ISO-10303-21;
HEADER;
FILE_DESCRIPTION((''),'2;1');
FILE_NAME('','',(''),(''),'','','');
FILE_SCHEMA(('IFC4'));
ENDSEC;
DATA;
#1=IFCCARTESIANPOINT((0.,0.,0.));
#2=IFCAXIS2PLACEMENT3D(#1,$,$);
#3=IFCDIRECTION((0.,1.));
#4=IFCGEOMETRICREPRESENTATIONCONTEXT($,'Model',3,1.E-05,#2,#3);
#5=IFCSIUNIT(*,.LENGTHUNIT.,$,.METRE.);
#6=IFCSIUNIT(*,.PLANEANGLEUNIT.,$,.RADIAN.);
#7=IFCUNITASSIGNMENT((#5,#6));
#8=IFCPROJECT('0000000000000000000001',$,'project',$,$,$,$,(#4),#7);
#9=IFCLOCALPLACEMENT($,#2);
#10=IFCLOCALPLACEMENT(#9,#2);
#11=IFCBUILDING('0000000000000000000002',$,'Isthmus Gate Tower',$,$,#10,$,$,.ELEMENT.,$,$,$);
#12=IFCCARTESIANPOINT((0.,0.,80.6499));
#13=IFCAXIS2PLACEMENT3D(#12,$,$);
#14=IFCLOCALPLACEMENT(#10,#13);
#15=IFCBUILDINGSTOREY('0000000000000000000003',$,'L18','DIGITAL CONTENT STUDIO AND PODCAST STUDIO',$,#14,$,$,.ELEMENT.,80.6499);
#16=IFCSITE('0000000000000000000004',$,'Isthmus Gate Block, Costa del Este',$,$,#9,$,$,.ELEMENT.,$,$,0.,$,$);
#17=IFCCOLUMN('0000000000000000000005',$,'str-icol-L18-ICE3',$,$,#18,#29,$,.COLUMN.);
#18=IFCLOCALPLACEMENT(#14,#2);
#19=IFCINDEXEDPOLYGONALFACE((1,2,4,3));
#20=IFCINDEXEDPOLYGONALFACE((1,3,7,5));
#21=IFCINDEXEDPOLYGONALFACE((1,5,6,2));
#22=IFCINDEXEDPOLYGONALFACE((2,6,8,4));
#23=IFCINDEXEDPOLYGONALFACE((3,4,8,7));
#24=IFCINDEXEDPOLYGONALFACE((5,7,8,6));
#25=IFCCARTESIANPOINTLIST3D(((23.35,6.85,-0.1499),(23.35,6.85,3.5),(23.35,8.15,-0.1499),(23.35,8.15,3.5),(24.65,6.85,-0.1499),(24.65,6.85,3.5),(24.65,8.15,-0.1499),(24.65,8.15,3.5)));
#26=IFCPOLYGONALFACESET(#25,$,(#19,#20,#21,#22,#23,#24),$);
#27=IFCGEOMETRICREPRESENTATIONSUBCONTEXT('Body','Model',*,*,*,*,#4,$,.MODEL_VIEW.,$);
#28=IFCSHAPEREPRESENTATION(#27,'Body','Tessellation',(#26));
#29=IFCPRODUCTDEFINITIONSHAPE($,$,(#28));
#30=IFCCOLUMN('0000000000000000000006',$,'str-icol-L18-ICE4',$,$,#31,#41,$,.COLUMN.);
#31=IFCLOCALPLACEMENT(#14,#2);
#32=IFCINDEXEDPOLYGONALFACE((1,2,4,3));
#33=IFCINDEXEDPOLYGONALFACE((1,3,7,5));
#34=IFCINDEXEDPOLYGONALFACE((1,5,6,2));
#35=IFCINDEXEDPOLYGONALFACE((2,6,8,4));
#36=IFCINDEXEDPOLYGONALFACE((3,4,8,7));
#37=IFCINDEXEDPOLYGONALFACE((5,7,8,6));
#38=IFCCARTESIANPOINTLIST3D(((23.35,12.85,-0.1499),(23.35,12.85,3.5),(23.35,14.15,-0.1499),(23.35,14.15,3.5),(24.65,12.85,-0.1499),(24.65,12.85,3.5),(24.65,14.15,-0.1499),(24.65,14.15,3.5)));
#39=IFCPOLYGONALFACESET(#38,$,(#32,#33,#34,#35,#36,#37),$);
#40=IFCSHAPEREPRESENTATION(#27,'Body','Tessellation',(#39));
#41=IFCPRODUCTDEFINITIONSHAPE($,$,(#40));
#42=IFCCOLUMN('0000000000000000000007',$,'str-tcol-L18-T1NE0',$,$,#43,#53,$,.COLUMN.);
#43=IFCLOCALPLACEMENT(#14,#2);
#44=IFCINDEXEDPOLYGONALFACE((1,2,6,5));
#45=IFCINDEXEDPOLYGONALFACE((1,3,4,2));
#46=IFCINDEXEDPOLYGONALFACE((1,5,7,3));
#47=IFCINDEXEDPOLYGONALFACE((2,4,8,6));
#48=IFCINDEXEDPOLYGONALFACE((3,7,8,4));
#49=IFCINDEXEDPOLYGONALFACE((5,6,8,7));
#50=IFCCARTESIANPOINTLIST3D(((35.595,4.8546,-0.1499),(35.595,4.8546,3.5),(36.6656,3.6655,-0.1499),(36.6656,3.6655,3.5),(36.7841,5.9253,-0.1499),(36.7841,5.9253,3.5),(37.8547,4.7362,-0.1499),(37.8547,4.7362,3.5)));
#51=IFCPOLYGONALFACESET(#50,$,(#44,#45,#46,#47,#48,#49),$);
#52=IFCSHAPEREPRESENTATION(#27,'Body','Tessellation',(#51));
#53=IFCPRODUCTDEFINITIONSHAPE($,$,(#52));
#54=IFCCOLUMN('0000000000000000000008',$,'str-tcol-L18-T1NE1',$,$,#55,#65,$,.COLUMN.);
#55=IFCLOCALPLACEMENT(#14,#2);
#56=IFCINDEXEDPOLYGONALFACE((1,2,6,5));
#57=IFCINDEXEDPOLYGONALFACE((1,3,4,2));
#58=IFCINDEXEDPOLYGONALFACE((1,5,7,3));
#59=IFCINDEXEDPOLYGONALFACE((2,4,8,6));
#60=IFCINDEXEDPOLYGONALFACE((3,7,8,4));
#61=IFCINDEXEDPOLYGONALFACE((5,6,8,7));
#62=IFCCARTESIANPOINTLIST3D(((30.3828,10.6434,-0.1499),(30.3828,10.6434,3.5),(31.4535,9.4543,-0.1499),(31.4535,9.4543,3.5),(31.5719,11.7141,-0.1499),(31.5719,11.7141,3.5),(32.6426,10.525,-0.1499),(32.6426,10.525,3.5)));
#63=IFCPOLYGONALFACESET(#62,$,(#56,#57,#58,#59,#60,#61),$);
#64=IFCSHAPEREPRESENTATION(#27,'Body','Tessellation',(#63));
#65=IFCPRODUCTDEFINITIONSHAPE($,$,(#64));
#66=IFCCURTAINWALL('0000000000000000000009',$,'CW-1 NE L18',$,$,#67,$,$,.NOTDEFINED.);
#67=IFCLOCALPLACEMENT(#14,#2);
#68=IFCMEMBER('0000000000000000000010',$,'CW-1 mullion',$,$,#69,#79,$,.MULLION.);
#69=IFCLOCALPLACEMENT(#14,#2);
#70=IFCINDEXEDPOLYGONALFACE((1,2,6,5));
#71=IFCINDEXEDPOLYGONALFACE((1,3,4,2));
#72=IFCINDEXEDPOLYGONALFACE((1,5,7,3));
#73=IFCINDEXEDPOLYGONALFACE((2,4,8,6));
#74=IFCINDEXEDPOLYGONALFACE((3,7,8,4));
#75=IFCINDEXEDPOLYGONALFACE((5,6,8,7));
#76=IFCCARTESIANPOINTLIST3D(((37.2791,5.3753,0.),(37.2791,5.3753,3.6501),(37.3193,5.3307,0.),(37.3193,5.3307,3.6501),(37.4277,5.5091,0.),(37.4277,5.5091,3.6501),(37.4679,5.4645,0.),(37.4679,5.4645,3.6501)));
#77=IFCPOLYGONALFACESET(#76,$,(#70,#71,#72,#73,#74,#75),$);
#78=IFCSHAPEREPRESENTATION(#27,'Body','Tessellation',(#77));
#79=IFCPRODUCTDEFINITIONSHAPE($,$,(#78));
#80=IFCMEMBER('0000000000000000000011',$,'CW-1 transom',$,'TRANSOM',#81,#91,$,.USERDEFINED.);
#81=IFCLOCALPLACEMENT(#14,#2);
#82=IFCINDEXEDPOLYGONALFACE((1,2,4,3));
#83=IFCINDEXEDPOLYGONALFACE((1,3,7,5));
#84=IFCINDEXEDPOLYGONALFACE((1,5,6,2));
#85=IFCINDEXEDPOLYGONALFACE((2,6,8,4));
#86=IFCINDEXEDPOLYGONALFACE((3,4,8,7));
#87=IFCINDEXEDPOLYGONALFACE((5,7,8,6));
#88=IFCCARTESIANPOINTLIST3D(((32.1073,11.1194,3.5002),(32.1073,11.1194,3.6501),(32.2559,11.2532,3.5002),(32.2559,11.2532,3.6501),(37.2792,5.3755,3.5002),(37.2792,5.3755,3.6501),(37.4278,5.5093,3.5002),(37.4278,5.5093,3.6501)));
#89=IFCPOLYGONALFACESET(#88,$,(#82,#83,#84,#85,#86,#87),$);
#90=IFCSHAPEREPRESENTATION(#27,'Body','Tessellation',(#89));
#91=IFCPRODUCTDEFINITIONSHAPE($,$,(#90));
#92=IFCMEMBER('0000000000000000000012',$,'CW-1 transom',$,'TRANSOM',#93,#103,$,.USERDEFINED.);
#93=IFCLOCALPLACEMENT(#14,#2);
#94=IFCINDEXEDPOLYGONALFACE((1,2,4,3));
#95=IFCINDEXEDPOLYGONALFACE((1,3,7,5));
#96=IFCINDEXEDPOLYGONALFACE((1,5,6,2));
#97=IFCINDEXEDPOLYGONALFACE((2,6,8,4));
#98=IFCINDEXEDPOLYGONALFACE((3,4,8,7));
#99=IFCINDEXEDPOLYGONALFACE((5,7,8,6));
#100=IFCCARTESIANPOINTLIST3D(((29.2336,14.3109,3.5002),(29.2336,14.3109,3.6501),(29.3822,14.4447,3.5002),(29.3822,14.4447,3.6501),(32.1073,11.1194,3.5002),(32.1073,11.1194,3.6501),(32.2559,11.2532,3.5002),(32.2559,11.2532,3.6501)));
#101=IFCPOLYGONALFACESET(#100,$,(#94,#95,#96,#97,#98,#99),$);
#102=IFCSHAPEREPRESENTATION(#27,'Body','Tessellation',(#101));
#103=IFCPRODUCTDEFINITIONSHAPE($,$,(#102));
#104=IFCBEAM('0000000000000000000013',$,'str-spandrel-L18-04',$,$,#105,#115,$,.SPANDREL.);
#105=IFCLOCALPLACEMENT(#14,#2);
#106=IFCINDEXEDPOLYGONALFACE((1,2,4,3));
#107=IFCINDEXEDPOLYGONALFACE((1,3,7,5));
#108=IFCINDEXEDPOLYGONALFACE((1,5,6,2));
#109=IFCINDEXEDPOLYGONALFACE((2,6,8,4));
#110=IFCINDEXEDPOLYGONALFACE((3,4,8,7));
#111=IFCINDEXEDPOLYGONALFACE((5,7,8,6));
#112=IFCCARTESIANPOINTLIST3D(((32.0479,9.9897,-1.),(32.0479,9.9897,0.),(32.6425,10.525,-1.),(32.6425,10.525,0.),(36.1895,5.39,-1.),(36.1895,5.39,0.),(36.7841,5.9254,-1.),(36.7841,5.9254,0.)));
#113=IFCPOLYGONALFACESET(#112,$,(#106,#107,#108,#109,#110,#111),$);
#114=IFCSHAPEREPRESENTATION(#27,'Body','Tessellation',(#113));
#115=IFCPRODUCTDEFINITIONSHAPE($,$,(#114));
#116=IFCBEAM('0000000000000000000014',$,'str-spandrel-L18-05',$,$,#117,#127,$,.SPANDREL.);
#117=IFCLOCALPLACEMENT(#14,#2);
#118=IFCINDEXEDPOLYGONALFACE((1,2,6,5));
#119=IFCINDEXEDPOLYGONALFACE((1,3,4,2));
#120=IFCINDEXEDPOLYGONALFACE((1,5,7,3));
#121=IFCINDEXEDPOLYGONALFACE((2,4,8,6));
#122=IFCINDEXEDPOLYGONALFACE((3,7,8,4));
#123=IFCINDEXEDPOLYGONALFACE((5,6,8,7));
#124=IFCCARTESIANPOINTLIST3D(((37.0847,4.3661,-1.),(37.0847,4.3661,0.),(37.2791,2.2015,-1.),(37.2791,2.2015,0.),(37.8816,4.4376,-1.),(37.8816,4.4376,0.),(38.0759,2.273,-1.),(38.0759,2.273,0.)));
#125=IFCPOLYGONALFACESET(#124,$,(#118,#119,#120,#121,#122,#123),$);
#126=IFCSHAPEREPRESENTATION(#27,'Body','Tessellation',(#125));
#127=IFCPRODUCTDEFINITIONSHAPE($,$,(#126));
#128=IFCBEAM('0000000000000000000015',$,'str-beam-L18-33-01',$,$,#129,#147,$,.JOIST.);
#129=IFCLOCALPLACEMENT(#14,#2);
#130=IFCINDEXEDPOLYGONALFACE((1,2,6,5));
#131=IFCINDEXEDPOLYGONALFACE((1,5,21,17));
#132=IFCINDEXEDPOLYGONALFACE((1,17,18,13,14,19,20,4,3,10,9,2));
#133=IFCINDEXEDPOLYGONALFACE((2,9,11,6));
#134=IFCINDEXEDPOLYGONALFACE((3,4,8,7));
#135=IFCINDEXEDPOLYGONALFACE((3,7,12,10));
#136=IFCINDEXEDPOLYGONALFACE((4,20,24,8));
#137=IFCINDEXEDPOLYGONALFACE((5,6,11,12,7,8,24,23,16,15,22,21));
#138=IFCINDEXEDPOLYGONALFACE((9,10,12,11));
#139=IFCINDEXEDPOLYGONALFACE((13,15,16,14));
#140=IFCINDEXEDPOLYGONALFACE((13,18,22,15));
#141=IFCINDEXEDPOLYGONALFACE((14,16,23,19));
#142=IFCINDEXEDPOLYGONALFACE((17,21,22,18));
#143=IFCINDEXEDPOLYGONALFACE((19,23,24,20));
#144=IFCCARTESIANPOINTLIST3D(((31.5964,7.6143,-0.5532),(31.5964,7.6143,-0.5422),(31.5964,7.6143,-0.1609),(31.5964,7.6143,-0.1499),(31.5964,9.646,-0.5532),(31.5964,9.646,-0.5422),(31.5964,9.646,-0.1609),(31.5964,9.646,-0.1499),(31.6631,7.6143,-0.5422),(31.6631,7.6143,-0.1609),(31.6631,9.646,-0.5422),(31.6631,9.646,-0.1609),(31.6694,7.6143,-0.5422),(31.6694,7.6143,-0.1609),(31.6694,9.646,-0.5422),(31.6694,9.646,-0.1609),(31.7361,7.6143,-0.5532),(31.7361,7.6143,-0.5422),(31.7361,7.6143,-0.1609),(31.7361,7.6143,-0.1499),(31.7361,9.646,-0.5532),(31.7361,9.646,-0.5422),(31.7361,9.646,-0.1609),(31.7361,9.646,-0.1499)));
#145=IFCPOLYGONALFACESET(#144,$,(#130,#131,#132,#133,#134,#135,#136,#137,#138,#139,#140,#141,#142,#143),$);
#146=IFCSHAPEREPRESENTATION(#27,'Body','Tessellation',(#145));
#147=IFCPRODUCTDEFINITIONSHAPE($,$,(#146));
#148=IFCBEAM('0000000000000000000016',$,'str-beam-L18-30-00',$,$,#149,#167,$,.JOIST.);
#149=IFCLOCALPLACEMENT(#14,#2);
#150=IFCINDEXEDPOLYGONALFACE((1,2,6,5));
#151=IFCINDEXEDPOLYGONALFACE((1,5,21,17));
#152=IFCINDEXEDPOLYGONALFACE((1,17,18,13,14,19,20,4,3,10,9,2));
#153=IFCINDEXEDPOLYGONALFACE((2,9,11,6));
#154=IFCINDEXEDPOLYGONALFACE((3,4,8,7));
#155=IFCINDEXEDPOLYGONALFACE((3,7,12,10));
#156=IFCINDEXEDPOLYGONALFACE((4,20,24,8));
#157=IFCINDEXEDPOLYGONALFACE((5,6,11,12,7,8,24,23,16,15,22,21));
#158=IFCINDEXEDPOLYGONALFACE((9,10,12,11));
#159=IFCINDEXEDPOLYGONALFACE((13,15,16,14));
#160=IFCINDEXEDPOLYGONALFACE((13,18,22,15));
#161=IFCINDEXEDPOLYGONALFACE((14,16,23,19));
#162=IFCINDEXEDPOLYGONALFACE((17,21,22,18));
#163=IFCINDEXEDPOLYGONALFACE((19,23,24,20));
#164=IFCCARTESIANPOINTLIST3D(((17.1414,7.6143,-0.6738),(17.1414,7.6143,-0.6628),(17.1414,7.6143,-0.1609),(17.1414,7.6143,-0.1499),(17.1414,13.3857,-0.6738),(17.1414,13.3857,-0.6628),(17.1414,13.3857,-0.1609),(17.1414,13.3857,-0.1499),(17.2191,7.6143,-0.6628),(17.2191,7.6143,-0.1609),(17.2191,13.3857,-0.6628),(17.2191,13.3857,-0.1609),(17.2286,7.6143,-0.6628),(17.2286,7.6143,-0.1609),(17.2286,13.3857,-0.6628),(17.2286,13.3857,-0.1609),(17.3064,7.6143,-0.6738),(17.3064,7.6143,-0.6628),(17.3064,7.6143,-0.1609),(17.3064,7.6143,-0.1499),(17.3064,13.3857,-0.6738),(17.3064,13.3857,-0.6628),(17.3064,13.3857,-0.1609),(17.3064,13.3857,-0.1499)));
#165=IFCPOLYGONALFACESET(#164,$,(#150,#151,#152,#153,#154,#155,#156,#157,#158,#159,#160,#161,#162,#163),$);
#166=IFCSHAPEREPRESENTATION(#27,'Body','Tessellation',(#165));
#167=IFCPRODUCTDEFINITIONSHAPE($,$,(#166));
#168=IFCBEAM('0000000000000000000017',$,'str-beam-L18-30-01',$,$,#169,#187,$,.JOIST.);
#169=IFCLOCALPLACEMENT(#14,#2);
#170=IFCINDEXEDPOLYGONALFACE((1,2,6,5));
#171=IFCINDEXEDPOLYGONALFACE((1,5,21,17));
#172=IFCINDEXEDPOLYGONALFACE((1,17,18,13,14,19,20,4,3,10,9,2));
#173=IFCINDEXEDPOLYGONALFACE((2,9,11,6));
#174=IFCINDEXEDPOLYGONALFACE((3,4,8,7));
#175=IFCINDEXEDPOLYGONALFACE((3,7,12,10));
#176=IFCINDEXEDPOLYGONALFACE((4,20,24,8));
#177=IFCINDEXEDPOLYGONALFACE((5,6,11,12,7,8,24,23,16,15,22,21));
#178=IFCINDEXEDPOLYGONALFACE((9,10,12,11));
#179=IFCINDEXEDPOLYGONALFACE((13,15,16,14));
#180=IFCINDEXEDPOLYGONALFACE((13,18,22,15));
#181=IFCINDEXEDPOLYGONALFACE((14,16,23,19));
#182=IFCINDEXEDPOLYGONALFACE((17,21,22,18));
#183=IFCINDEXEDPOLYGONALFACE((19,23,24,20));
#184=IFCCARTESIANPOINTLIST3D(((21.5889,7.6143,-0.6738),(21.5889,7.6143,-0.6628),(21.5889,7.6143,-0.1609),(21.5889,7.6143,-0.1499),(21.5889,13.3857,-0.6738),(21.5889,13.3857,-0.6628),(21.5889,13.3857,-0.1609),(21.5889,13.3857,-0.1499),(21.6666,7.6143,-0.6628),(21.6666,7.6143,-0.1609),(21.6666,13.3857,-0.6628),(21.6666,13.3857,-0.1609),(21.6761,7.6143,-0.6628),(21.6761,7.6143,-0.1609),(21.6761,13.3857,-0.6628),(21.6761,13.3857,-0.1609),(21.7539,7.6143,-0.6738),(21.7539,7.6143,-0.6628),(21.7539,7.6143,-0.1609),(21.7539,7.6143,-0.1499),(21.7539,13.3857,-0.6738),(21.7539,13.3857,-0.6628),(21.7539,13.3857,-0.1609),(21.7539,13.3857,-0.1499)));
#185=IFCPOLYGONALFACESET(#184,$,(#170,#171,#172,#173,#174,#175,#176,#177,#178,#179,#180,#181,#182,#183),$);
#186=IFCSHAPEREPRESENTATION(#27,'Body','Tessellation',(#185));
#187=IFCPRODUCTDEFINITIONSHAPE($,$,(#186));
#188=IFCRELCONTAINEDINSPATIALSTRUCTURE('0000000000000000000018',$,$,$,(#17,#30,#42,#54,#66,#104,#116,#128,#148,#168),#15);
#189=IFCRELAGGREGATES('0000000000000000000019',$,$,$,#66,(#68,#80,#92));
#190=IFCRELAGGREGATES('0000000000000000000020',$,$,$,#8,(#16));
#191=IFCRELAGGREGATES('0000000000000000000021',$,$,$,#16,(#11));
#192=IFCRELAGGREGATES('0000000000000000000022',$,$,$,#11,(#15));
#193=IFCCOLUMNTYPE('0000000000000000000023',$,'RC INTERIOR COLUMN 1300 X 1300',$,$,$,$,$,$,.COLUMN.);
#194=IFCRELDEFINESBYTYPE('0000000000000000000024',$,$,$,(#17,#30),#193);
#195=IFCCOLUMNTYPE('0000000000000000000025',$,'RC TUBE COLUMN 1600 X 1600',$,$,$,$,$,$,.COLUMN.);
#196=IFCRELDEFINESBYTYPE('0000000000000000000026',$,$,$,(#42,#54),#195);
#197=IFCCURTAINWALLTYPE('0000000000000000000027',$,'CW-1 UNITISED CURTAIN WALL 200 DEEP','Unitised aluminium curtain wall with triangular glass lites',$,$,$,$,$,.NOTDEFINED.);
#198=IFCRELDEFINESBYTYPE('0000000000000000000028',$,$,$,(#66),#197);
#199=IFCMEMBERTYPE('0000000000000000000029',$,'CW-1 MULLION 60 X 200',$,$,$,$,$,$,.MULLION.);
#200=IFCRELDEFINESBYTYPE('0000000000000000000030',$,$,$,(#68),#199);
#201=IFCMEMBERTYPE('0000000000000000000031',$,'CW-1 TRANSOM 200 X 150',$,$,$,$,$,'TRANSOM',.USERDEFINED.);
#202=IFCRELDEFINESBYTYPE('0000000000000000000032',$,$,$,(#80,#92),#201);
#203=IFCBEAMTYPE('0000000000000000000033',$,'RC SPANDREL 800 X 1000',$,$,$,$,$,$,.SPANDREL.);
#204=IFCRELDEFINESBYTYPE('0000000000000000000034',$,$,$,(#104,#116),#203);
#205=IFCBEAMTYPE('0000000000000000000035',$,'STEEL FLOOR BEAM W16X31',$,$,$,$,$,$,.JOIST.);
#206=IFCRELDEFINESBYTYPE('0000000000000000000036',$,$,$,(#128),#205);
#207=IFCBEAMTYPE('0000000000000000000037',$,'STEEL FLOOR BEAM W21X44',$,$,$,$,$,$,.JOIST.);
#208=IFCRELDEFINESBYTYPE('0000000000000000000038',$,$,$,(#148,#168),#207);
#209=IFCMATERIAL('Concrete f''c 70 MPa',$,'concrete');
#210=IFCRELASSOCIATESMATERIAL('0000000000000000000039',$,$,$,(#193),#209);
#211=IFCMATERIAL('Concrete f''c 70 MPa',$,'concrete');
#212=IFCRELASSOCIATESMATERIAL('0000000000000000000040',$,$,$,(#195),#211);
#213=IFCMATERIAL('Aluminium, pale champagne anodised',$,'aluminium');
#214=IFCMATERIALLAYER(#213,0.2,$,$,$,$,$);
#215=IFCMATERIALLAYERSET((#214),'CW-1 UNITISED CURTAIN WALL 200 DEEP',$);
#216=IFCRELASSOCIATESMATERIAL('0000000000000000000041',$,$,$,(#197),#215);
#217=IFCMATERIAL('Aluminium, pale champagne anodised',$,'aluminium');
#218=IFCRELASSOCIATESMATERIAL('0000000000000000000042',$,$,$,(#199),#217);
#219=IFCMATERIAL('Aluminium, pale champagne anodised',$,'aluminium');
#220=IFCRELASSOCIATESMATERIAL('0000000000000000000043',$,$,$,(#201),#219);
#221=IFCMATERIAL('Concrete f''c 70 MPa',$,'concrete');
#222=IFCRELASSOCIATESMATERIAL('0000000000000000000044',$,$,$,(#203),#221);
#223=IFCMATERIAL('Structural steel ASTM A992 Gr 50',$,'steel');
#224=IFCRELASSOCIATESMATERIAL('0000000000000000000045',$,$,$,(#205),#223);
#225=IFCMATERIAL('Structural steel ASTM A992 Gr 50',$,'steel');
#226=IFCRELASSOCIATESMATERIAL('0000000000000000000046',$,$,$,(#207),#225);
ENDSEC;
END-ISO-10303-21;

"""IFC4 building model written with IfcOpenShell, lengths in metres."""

from ifc_helpers import new_model, si_unit, direction, frame, origin, origin_2d, place, context, subcontext, project, spatial, rectangle, i_section, extrude, material, layer, layer_set, material_profile, profile_set, type_object, element, aggregate, save


model = new_model("IFC4")

# Units and contexts
model_context = context("Model", 3, precision=1e-05, world=origin(), true_north=direction((0.0, 1.0)))
body_context = subcontext(model_context, "Body", "Model", "MODEL_VIEW")
ifc_project = project(units=[si_unit("LENGTHUNIT", "METRE"), si_unit("PLANEANGLEUNIT", "RADIAN")], contexts=[model_context])

# Site, building, storey
site_placement = place(None, origin())
site = spatial("IfcSite", under=ifc_project, at=site_placement, Name="Isthmus Gate Block, Costa del Este", CompositionType="ELEMENT", RefElevation=0.0)
building_placement = place(site_placement, origin())
building = spatial("IfcBuilding", under=site, at=building_placement, Name="Isthmus Gate Tower", CompositionType="ELEMENT")
storey_placement = place(building_placement, frame((0.0, 0.0, 80.6499)))
storey = spatial("IfcBuildingStorey", under=building, at=storey_placement, Name="L18", Description="DIGITAL CONTENT STUDIO AND PODCAST STUDIO", CompositionType="ELEMENT", Elevation=80.6499)

# Columns
ifc_material_1 = material(Name="Concrete f'c 70 MPa", Category="concrete")
ifc_material_profile_1 = material_profile(ifc_material_1, rectangle(XDim=1.3, YDim=1.3, at=origin_2d()), Name="RC 1300X1300")
ifc_profile_set_1 = profile_set([ifc_material_profile_1], Name="Concrete f'c 70 MPa")
column_type_1 = type_object("IfcColumnType", Name="RC INTERIOR COLUMN 1300 X 1300", PredefinedType="COLUMN", material=ifc_profile_set_1)
for number, where, z_axis, x_axis, name in (
    (1, (24.0, 7.5, -0.1499), (0.0, 0.0, 1.0), (1.0, 0.0, 0.0), "str-icol-L18-ICE3"),
    (2, (24.0, 13.5, -0.1499), (0.0, 0.0, 1.0), (1.0, 0.0, 0.0), "str-icol-L18-ICE4"),
):
    element("IfcColumn", number, at=place(storey_placement, frame(where, z_axis=z_axis, x_axis=x_axis)), inside=storey, type_object=column_type_1, Name=name, PredefinedType="COLUMN", context=body_context, shape_type="SweptSolid", body=[
        extrude(rectangle(XDim=1.3, YDim=1.3, at=origin_2d()), origin(), (0.0, 0.0, 1.0), 3.6499),
    ])
ifc_material_2 = material(Name="Concrete f'c 70 MPa", Category="concrete")
ifc_material_profile_2 = material_profile(ifc_material_2, rectangle(XDim=1.6001, YDim=1.6001, at=origin_2d()), Name="RC 1600X1600")
ifc_profile_set_2 = profile_set([ifc_material_profile_2], Name="Concrete f'c 70 MPa")
column_type_2 = type_object("IfcColumnType", Name="RC TUBE COLUMN 1600 X 1600", PredefinedType="COLUMN", material=ifc_profile_set_2)
for number, where, z_axis, x_axis, name in (
    (3, (36.7249, 4.7954, -0.1499), (0.0, 0.0, 1.0), (-0.669131, 0.743145, 0.0), "str-tcol-L18-T1NE0"),
    (4, (31.5127, 10.5842, -0.1499), (0.0, 0.0, 1.0), (-0.669131, 0.743145, 0.0), "str-tcol-L18-T1NE1"),
):
    element("IfcColumn", number, at=place(storey_placement, frame(where, z_axis=z_axis, x_axis=x_axis)), inside=storey, type_object=column_type_2, Name=name, PredefinedType="COLUMN", context=body_context, shape_type="SweptSolid", body=[
        extrude(rectangle(XDim=1.6001, YDim=1.6001, at=origin_2d()), origin(), (0.0, 0.0, 1.0), 3.6499),
    ])

# Curtain wall, members
ifc_material_3 = material(Name="Aluminium, pale champagne anodised", Category="aluminium")
ifc_layer_1 = layer(ifc_material_3, 0.2)
ifc_layer_set_1 = layer_set([ifc_layer_1], Name="CW-1 UNITISED CURTAIN WALL 200 DEEP")
curtain_wall_type = type_object("IfcCurtainWallType", Name="CW-1 UNITISED CURTAIN WALL 200 DEEP", Description="Unitised aluminium curtain wall with triangular glass lites", PredefinedType="NOTDEFINED", material=ifc_layer_set_1)
curtain_wall_placement = place(storey_placement, origin())
curtain_wall = element("IfcCurtainWall", 5, at=curtain_wall_placement, inside=storey, type_object=curtain_wall_type, Name="CW-1 NE L18", PredefinedType="NOTDEFINED")
ifc_material_4 = material(Name="Aluminium, pale champagne anodised", Category="aluminium")
ifc_material_profile_3 = material_profile(ifc_material_4, rectangle(XDim=0.0601, YDim=0.2, at=origin_2d()), Name="60x200")
ifc_profile_set_3 = profile_set([ifc_material_profile_3], Name="Aluminium, pale champagne anodised")
member_type_1 = type_object("IfcMemberType", Name="CW-1 MULLION 60 X 200", PredefinedType="MULLION", material=ifc_profile_set_3)
member_1_placement = place(storey_placement, frame((37.3735, 5.4199, 0.0), z_axis=(0.0, 0.0, 1.0), x_axis=(-0.669131, 0.743145, 0.0)))
member_1 = element("IfcMember", 6, at=member_1_placement, type_object=member_type_1, Name="CW-1 mullion", PredefinedType="MULLION", context=body_context, shape_type="SweptSolid", body=[
    extrude(rectangle(XDim=0.0601, YDim=0.2, at=origin_2d()), origin(), (0.0, 0.0, 1.0), 3.6501),
])
ifc_material_5 = material(Name="Aluminium, pale champagne anodised", Category="aluminium")
ifc_material_profile_4 = material_profile(ifc_material_5, rectangle(XDim=0.2, YDim=0.1499, at=origin_2d()), Name="200x150")
ifc_profile_set_4 = profile_set([ifc_material_profile_4], Name="Aluminium, pale champagne anodised")
member_type_2 = type_object("IfcMemberType", Name="CW-1 TRANSOM 200 X 150", ElementType="TRANSOM", PredefinedType="USERDEFINED", material=ifc_profile_set_4)
member_2_placement = place(storey_placement, frame((37.3535, 5.4424, 3.5752), z_axis=(-0.669134, 0.743142, 0.0), x_axis=(-0.743142, -0.669134, 0.0)))
member_2 = element("IfcMember", 7, at=member_2_placement, type_object=member_type_2, Name="CW-1 transom", ObjectType="TRANSOM", PredefinedType="USERDEFINED", context=body_context, shape_type="SweptSolid", body=[
    extrude(rectangle(XDim=0.2, YDim=0.1499, at=origin_2d()), origin(), (0.0, 0.0, 1.0), 7.7292),
])
member_3_placement = place(storey_placement, frame((32.1816, 11.1863, 3.5752), z_axis=(-0.669131, 0.743144, 0.0), x_axis=(-0.743144, -0.669131, 0.0)))
member_3 = element("IfcMember", 8, at=member_3_placement, type_object=member_type_2, Name="CW-1 transom", ObjectType="TRANSOM", PredefinedType="USERDEFINED", context=body_context, shape_type="SweptSolid", body=[
    extrude(rectangle(XDim=0.2, YDim=0.1499, at=origin_2d()), origin(), (0.0, 0.0, 1.0), 4.2947),
])

# Beams
ifc_material_6 = material(Name="Concrete f'c 70 MPa", Category="concrete")
ifc_material_profile_5 = material_profile(ifc_material_6, rectangle(XDim=0.8, YDim=1.0, at=origin_2d()), Name="RC 800X1000")
ifc_profile_set_5 = profile_set([ifc_material_profile_5], Name="Concrete f'c 70 MPa")
beam_type_1 = type_object("IfcBeamType", Name="RC SPANDREL 800 X 1000", PredefinedType="SPANDREL", material=ifc_profile_set_5)
beam_1_placement = place(storey_placement, frame((32.3452, 10.2573, -0.5), z_axis=(0.669139, -0.743137, 0.0), x_axis=(0.743137, 0.669139, 0.0)))
element("IfcBeam", 9, at=beam_1_placement, inside=storey, type_object=beam_type_1, Name="str-spandrel-L18-04", PredefinedType="SPANDREL", context=body_context, shape_type="SweptSolid", body=[
    extrude(rectangle(XDim=0.8, YDim=1.0, at=origin_2d()), origin(), (0.0, 0.0, 1.0), 6.1895),
])
beam_2_placement = place(storey_placement, frame((37.4832, 4.4019, -0.5), z_axis=(0.089422, -0.995994, 0.0), x_axis=(0.995994, 0.089422, 0.0)))
element("IfcBeam", 10, at=beam_2_placement, inside=storey, type_object=beam_type_1, Name="str-spandrel-L18-05", PredefinedType="SPANDREL", context=body_context, shape_type="SweptSolid", body=[
    extrude(rectangle(XDim=0.8, YDim=1.0, at=origin_2d()), origin(), (0.0, 0.0, 1.0), 2.1733),
])
ifc_material_7 = material(Name="Structural steel ASTM A992 Gr 50", Category="steel")
ifc_material_profile_6 = material_profile(ifc_material_7, i_section(OverallWidth=0.1396, OverallDepth=0.4033, WebThickness=0.0063, FlangeThickness=0.011, at=origin_2d()), Name="W16X31")
ifc_profile_set_6 = profile_set([ifc_material_profile_6], Name="Structural steel ASTM A992 Gr 50")
beam_type_2 = type_object("IfcBeamType", Name="STEEL FLOOR BEAM W16X31", PredefinedType="JOIST", material=ifc_profile_set_6)
beam_3_placement = place(storey_placement, frame((31.6663, 7.6143, -0.3516), z_axis=(0.0, 1.0, 0.0), x_axis=(-1.0, 0.0, 0.0)))
element("IfcBeam", 11, at=beam_3_placement, inside=storey, type_object=beam_type_2, Name="str-beam-L18-33-01", PredefinedType="JOIST", context=body_context, shape_type="SweptSolid", body=[
    extrude(i_section(OverallWidth=0.1396, OverallDepth=0.4033, WebThickness=0.0063, FlangeThickness=0.011, at=origin_2d()), origin(), (0.0, 0.0, 1.0), 2.0317),
])
ifc_material_8 = material(Name="Structural steel ASTM A992 Gr 50", Category="steel")
ifc_material_profile_7 = material_profile(ifc_material_8, i_section(OverallWidth=0.165, OverallDepth=0.5239, WebThickness=0.0095, FlangeThickness=0.011, at=origin_2d()), Name="W21X44")
ifc_profile_set_7 = profile_set([ifc_material_profile_7], Name="Structural steel ASTM A992 Gr 50")
beam_type_3 = type_object("IfcBeamType", Name="STEEL FLOOR BEAM W21X44", PredefinedType="JOIST", material=ifc_profile_set_7)
for number, where, z_axis, x_axis, name in (
    (12, (17.2239, 7.6143, -0.4119), (0.0, 1.0, 0.0), (-1.0, 0.0, 0.0), "str-beam-L18-30-00"),
    (13, (21.6714, 7.6143, -0.4119), (0.0, 1.0, 0.0), (-1.0, 0.0, 0.0), "str-beam-L18-30-01"),
):
    element("IfcBeam", number, at=place(storey_placement, frame(where, z_axis=z_axis, x_axis=x_axis)), inside=storey, type_object=beam_type_3, Name=name, PredefinedType="JOIST", context=body_context, shape_type="SweptSolid", body=[
        extrude(i_section(OverallWidth=0.165, OverallDepth=0.5239, WebThickness=0.0095, FlangeThickness=0.011, at=origin_2d()), origin(), (0.0, 0.0, 1.0), 5.7715),
    ])

aggregate(curtain_wall, [member_1, member_2, member_3])

save(model, "model.ifc")
